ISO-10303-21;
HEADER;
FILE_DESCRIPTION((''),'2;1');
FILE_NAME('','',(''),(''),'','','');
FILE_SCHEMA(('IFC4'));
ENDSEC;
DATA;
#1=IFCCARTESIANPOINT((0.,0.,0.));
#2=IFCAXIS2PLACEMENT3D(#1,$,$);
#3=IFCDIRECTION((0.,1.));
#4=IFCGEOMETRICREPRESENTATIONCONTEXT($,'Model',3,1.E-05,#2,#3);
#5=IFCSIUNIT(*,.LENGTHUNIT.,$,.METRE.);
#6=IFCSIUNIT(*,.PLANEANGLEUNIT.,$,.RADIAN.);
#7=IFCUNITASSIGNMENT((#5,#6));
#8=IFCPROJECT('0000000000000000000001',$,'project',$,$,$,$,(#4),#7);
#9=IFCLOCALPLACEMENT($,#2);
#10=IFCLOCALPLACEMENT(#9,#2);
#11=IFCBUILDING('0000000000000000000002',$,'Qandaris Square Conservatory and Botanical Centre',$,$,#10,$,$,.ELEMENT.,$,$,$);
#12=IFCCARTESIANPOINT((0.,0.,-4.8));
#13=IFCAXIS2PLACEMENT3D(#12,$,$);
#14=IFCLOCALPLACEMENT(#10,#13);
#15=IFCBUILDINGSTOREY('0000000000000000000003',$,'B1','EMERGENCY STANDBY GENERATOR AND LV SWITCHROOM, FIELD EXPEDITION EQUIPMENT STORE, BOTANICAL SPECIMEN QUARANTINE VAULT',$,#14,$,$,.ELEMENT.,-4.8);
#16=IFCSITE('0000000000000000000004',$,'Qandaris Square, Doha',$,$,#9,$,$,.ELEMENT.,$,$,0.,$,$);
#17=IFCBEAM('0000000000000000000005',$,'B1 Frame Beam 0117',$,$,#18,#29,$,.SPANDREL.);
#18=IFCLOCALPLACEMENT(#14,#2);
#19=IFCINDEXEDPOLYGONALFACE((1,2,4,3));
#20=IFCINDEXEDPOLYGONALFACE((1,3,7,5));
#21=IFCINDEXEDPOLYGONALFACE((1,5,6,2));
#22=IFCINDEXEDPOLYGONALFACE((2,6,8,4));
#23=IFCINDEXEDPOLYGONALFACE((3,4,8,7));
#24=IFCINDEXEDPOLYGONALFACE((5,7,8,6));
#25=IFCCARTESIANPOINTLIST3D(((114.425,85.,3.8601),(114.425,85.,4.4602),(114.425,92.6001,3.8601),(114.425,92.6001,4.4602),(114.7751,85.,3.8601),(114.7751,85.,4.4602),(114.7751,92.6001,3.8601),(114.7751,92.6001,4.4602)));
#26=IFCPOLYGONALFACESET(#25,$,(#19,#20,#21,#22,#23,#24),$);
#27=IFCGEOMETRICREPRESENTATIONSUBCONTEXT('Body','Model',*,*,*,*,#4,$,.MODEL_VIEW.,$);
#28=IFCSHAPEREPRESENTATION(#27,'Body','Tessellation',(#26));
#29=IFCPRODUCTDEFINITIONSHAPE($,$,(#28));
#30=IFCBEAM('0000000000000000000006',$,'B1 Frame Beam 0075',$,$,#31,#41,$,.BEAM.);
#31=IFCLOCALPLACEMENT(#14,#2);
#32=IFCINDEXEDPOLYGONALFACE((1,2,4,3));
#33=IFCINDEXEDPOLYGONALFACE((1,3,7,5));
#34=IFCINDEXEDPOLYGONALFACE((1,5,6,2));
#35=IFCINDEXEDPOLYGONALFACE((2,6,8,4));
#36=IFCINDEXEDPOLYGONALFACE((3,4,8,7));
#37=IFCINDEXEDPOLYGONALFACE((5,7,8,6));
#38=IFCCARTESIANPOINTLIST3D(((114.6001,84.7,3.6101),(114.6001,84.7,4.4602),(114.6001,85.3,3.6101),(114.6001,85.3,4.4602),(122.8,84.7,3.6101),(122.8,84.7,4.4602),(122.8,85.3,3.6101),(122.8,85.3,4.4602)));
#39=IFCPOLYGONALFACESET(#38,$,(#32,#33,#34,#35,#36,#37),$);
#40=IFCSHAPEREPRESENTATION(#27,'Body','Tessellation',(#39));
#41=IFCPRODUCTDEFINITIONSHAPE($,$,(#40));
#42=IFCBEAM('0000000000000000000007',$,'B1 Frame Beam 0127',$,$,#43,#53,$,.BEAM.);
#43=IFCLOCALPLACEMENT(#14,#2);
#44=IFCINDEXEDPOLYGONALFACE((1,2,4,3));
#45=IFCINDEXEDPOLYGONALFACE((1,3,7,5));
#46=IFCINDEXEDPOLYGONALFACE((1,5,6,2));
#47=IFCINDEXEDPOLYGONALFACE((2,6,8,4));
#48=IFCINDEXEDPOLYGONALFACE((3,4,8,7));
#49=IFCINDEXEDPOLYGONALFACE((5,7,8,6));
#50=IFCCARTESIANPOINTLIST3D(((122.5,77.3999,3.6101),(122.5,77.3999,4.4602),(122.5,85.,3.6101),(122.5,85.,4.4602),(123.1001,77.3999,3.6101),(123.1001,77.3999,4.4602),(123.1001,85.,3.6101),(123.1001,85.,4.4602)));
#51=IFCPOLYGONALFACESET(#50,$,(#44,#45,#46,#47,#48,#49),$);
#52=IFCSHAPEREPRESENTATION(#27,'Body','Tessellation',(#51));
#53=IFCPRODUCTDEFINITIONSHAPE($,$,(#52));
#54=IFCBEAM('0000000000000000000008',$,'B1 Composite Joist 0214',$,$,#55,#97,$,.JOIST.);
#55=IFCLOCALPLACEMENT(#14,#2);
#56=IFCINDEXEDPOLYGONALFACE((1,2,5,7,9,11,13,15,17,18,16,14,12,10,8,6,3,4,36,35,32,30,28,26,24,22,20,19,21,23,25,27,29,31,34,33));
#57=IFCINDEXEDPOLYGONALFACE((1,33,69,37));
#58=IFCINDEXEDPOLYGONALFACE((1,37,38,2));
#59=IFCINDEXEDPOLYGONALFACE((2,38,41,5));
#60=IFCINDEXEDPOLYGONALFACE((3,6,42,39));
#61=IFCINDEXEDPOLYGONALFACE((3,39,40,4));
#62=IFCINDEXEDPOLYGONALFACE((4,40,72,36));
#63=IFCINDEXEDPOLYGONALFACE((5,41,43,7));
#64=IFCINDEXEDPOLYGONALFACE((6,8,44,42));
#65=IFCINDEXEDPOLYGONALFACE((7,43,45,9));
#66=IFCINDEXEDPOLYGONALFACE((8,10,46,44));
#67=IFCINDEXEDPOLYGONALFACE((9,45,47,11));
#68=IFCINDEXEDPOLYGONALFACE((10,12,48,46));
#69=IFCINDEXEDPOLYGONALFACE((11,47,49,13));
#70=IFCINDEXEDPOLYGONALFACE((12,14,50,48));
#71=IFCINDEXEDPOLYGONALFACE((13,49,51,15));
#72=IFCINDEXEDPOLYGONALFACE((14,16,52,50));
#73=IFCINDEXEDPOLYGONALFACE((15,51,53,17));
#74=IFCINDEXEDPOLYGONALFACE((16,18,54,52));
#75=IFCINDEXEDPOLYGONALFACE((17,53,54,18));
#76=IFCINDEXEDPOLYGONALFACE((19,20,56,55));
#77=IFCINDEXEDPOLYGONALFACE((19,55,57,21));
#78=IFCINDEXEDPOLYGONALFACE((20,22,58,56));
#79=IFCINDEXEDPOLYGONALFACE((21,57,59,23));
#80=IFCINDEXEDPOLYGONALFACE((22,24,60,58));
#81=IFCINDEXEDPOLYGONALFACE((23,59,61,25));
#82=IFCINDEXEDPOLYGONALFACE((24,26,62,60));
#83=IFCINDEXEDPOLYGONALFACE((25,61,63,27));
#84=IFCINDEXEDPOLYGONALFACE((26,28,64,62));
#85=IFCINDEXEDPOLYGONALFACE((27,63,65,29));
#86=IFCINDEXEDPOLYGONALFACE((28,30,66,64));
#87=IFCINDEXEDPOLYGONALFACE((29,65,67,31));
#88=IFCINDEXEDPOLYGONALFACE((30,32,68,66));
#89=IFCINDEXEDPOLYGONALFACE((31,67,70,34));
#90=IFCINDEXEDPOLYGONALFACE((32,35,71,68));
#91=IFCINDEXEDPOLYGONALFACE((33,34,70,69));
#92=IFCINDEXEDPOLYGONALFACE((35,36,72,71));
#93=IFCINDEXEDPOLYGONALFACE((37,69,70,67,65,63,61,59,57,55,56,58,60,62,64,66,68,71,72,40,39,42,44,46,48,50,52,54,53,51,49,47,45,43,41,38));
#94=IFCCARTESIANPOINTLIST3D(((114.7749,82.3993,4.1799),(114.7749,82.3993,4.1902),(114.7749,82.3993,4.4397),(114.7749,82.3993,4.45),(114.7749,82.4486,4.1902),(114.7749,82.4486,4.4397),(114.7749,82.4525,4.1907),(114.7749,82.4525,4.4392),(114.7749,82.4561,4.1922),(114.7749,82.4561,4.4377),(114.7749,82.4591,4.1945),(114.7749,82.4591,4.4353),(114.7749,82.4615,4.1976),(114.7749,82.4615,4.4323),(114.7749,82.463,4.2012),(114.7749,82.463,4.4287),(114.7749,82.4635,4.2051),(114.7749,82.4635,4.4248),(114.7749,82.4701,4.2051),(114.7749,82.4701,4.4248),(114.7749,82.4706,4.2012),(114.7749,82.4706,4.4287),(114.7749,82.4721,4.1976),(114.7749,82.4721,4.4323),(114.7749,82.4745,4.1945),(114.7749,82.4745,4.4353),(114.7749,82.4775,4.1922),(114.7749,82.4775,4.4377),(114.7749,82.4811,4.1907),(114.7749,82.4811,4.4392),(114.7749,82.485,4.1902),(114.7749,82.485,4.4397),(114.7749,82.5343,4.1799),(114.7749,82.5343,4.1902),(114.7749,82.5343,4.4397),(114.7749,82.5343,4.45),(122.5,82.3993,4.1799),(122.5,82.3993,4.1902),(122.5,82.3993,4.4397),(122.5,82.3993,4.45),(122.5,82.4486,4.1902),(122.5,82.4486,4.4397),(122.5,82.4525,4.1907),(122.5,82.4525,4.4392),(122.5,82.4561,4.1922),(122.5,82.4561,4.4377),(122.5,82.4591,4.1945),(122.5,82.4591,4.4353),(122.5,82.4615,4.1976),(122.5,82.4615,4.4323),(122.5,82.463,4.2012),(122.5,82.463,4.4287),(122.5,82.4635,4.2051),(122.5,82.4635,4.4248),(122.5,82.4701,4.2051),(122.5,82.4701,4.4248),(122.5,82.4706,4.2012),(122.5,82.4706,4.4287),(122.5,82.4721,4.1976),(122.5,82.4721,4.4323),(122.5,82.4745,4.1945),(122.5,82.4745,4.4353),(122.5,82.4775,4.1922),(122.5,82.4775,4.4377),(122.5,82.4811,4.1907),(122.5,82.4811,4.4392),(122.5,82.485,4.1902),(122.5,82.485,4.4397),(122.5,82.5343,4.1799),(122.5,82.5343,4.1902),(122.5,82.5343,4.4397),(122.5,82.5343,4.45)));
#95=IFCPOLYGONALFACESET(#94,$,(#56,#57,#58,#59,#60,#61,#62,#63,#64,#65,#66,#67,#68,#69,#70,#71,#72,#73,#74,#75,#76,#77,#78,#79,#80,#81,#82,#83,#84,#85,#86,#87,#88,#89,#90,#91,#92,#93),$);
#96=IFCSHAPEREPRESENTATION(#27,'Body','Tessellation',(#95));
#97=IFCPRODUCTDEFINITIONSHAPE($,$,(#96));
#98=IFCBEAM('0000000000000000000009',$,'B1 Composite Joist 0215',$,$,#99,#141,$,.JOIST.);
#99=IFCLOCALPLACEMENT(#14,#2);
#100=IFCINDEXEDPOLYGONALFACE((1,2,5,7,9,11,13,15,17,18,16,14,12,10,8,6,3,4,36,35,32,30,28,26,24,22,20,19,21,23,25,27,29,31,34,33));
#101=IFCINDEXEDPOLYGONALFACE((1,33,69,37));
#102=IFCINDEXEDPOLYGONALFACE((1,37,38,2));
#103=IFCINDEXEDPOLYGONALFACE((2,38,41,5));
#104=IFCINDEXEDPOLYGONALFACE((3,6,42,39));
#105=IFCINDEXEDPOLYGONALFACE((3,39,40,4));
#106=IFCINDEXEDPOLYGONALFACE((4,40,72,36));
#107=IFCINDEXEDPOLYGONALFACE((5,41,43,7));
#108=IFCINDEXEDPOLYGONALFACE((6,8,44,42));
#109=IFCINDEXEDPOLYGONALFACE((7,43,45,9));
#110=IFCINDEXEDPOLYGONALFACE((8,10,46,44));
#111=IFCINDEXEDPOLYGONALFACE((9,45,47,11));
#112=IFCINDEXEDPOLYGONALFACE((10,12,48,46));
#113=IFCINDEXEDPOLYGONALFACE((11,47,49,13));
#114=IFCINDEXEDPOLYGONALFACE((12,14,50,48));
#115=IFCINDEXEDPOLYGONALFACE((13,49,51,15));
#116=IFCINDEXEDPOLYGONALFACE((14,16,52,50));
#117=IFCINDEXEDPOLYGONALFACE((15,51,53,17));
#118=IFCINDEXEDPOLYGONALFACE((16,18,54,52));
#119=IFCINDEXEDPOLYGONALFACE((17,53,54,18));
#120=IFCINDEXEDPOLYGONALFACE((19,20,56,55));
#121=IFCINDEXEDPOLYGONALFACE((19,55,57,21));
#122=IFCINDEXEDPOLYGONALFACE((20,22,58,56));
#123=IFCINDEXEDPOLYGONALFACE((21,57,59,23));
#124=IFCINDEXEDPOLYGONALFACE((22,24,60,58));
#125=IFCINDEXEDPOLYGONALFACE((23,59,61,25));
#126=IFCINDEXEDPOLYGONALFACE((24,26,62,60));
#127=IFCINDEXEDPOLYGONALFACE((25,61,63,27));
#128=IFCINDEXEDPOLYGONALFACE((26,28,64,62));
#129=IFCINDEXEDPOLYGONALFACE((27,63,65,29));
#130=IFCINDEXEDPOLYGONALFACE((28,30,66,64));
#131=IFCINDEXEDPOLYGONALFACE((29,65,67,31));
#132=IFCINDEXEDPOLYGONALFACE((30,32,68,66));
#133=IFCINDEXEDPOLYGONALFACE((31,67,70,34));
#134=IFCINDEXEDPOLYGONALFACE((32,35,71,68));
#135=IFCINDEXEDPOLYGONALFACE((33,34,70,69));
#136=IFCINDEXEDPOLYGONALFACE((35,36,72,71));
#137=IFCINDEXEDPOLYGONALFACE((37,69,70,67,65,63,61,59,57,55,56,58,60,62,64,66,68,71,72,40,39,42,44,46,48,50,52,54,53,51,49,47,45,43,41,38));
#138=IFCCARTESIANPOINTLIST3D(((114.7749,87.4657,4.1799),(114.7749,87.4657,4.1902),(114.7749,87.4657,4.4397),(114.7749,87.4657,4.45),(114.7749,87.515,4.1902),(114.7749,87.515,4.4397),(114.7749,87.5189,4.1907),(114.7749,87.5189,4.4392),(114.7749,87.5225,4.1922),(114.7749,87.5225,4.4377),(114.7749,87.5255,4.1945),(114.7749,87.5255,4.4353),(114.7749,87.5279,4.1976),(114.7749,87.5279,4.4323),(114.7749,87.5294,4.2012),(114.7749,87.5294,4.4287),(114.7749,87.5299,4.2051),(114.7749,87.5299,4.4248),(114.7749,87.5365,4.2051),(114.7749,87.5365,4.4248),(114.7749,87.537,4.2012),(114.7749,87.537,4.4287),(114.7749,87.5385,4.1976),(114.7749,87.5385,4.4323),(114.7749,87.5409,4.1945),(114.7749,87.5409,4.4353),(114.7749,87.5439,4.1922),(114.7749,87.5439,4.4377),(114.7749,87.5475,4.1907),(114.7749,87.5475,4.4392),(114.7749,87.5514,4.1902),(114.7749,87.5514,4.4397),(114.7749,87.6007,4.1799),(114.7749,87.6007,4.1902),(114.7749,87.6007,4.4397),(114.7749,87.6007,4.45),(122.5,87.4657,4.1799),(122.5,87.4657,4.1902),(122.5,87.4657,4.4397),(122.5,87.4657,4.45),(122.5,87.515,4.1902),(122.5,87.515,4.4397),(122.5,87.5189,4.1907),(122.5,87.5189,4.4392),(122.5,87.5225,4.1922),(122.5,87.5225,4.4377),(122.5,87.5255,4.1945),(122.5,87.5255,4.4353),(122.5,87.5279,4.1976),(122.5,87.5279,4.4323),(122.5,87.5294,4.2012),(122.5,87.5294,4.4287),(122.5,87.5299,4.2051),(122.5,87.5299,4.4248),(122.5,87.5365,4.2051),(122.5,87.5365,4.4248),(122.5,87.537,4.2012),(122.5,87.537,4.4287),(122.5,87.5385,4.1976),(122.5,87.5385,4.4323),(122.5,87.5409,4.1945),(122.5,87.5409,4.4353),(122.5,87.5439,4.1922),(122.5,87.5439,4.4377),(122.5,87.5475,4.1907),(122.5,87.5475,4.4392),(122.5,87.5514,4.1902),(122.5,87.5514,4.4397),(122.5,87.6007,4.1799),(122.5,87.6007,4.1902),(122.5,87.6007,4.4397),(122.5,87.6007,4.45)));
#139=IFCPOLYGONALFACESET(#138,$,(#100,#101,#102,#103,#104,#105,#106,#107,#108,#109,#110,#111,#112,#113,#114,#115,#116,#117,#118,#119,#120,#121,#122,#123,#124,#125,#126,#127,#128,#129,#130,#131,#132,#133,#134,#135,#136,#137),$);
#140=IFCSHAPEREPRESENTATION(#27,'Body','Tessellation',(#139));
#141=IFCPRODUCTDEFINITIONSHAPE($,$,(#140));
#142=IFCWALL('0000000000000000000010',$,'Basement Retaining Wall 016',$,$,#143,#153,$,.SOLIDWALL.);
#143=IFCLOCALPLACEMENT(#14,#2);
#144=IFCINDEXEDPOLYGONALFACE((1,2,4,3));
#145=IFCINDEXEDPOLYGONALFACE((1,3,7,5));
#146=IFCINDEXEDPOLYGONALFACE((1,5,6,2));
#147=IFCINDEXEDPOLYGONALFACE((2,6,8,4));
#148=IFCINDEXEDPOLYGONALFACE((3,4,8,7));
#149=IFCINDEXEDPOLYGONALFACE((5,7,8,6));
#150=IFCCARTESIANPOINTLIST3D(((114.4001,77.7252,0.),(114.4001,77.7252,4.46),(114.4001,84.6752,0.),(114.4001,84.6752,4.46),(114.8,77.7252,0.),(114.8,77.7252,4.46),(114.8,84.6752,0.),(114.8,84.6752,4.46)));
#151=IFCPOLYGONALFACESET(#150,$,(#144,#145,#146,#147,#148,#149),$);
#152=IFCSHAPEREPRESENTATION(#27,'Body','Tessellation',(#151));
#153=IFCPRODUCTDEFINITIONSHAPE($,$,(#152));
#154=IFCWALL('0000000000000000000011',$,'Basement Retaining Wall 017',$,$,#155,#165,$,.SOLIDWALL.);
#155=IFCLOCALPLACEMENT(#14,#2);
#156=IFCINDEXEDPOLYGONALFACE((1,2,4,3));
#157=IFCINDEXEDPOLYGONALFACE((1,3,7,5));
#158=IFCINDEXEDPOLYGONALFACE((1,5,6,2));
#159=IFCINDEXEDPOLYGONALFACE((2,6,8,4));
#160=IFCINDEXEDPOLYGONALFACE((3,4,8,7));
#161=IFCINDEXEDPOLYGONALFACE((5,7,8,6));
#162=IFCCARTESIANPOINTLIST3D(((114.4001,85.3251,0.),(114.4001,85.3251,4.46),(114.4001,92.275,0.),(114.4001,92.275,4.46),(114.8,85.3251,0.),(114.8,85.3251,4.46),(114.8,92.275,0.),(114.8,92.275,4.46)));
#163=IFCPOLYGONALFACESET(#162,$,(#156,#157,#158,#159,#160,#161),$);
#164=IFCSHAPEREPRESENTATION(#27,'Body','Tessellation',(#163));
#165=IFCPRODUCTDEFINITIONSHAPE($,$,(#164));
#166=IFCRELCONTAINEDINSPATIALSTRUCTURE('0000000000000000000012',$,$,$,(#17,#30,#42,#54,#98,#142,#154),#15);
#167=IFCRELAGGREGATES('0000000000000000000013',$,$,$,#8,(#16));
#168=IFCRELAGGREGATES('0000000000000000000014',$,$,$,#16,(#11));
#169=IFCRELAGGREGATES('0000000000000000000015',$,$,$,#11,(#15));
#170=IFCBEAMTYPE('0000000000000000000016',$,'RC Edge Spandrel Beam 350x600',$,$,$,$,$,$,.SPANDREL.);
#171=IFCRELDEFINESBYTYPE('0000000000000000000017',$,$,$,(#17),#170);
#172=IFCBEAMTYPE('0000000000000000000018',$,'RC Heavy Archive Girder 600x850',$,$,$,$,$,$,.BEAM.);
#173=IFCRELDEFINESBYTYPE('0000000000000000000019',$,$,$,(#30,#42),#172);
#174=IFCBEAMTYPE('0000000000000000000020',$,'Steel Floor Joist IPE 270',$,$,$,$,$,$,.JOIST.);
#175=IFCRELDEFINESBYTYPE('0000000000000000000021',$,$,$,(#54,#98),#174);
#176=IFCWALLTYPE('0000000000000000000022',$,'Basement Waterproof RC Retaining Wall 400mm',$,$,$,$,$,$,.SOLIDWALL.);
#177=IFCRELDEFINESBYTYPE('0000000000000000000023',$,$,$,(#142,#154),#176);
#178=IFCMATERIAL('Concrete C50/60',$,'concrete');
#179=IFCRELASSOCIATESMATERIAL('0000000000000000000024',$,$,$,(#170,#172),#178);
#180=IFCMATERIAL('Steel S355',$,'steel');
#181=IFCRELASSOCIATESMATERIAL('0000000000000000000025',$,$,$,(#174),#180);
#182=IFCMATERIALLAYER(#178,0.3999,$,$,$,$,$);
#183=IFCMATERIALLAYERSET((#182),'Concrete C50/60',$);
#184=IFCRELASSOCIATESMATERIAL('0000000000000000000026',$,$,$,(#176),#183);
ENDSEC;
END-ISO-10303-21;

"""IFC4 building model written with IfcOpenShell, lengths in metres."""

from ifc_helpers import new_model, si_unit, direction, frame, frame_2d, origin, origin_2d, place, context, subcontext, project, spatial, rectangle, i_section, extrude, material, layer, layer_set, material_profile, profile_set, type_object, element, save


model = new_model("IFC4")

# Units and contexts
model_context = context("Model", 3, precision=1e-05, world=origin(), true_north=direction((0.0, 1.0)))
body_context = subcontext(model_context, "Body", "Model", "MODEL_VIEW")
ifc_project = project(units=[si_unit("LENGTHUNIT", "METRE"), si_unit("PLANEANGLEUNIT", "RADIAN")], contexts=[model_context])

# Site, building, storey
site_placement = place(None, origin())
site = spatial("IfcSite", under=ifc_project, at=site_placement, Name="Qandaris Square, Doha", CompositionType="ELEMENT", RefElevation=0.0)
building_placement = place(site_placement, origin())
building = spatial("IfcBuilding", under=site, at=building_placement, Name="Qandaris Square Conservatory and Botanical Centre", CompositionType="ELEMENT")
storey_placement = place(building_placement, frame((0.0, 0.0, -4.8)))
storey = spatial("IfcBuildingStorey", under=building, at=storey_placement, Name="B1", Description="EMERGENCY STANDBY GENERATOR AND LV SWITCHROOM, FIELD EXPEDITION EQUIPMENT STORE, BOTANICAL SPECIMEN QUARANTINE VAULT", CompositionType="ELEMENT", Elevation=-4.8)

# Shared definitions
ifc_material_1 = material(Name="Concrete C50/60", Category="concrete")

# Beams
ifc_material_2 = material(Name="Steel S355", Category="steel")
ifc_material_profile_1 = material_profile(ifc_material_1, rectangle(XDim=0.3501, YDim=0.6001, at=origin_2d()), Name="RC-SP 350x600")
ifc_profile_set_1 = profile_set([ifc_material_profile_1], Name="Concrete C50/60")
beam_type_1 = type_object("IfcBeamType", Name="RC Edge Spandrel Beam 350x600", PredefinedType="SPANDREL", material=ifc_profile_set_1)
beam_1_placement = place(storey_placement, frame((114.6001, 85.0, 4.1602), z_axis=(0.0, 1.0, 0.0), x_axis=(-1.0, 0.0, 0.0)))
element("IfcBeam", 1, at=beam_1_placement, inside=storey, type_object=beam_type_1, Name="B1 Frame Beam 0117", PredefinedType="SPANDREL", context=body_context, shape_type="SweptSolid", body=[
    extrude(rectangle(XDim=0.3501, YDim=0.6001, at=origin_2d()), origin(), (0.0, 0.0, 1.0), 7.6001),
])
ifc_material_profile_2 = material_profile(ifc_material_1, rectangle(XDim=0.6001, YDim=0.8501, at=origin_2d()), Name="RC-BM 600x850")
ifc_profile_set_2 = profile_set([ifc_material_profile_2], Name="Concrete C50/60")
beam_type_2 = type_object("IfcBeamType", Name="RC Heavy Archive Girder 600x850", PredefinedType="BEAM", material=ifc_profile_set_2)
beam_2_placement = place(storey_placement, frame((114.6001, 85.0, 4.0352), z_axis=(1.0, 0.0, 0.0), x_axis=(0.0, 1.0, 0.0)))
element("IfcBeam", 2, at=beam_2_placement, inside=storey, type_object=beam_type_2, Name="B1 Frame Beam 0075", PredefinedType="BEAM", context=body_context, shape_type="SweptSolid", body=[
    extrude(rectangle(XDim=0.6001, YDim=0.8501, at=origin_2d()), origin(), (0.0, 0.0, 1.0), 8.2),
])
beam_3_placement = place(storey_placement, frame((122.8, 77.3999, 4.0352), z_axis=(0.0, 1.0, 0.0), x_axis=(-1.0, 0.0, 0.0)))
element("IfcBeam", 3, at=beam_3_placement, inside=storey, type_object=beam_type_2, Name="B1 Frame Beam 0127", PredefinedType="BEAM", context=body_context, shape_type="SweptSolid", body=[
    extrude(rectangle(XDim=0.6001, YDim=0.8501, at=origin_2d()), origin(), (0.0, 0.0, 1.0), 7.6001),
])
ifc_material_profile_3 = material_profile(ifc_material_2, i_section(OverallWidth=0.135, OverallDepth=0.27, WebThickness=0.0066, FlangeThickness=0.0103, FilletRadius=0.0149, at=origin_2d()), Name="IPE 270")
ifc_profile_set_3 = profile_set([ifc_material_profile_3], Name="Steel S355")
beam_type_3 = type_object("IfcBeamType", Name="Steel Floor Joist IPE 270", PredefinedType="JOIST", material=ifc_profile_set_3)
for number, where, z_axis, x_axis, name in (
    (4, (114.7749, 82.4668, 4.3149), (1.0, 0.0, 0.0), (0.0, 1.0, 0.0), "B1 Composite Joist 0214"),
    (5, (114.7749, 87.5332, 4.3149), (1.0, 0.0, 0.0), (0.0, 1.0, 0.0), "B1 Composite Joist 0215"),
):
    element("IfcBeam", number, at=place(storey_placement, frame(where, z_axis=z_axis, x_axis=x_axis)), inside=storey, type_object=beam_type_3, Name=name, PredefinedType="JOIST", context=body_context, shape_type="SweptSolid", body=[
        extrude(i_section(OverallWidth=0.135, OverallDepth=0.27, WebThickness=0.0066, FlangeThickness=0.0103, FilletRadius=0.0149, at=origin_2d()), origin(), (0.0, 0.0, 1.0), 7.7251),
    ])

# Walls
ifc_layer = layer(ifc_material_1, 0.3999)
ifc_layer_set = layer_set([ifc_layer], Name="Concrete C50/60")
wall_type = type_object("IfcWallType", Name="Basement Waterproof RC Retaining Wall 400mm", PredefinedType="SOLIDWALL", material=ifc_layer_set)
for number, where, z_axis, x_axis, name in (
    (6, (114.6001, 77.7251, 0.0), (0.0, 0.0, 1.0), (0.0, 1.0, 0.0), "Basement Retaining Wall 016"),
    (7, (114.6001, 85.325, 0.0), (0.0, 0.0, 1.0), (0.0, 1.0, 0.0), "Basement Retaining Wall 017"),
):
    element("IfcWall", number, at=place(storey_placement, frame(where, z_axis=z_axis, x_axis=x_axis)), inside=storey, type_object=wall_type, Name=name, PredefinedType="SOLIDWALL", context=body_context, shape_type="SweptSolid", body=[
        extrude(rectangle(XDim=6.95, YDim=0.3999, at=frame_2d((3.4751, 0.0))), origin(), (0.0, 0.0, 1.0), 4.46),
    ])

save(model, "model.ifc")
